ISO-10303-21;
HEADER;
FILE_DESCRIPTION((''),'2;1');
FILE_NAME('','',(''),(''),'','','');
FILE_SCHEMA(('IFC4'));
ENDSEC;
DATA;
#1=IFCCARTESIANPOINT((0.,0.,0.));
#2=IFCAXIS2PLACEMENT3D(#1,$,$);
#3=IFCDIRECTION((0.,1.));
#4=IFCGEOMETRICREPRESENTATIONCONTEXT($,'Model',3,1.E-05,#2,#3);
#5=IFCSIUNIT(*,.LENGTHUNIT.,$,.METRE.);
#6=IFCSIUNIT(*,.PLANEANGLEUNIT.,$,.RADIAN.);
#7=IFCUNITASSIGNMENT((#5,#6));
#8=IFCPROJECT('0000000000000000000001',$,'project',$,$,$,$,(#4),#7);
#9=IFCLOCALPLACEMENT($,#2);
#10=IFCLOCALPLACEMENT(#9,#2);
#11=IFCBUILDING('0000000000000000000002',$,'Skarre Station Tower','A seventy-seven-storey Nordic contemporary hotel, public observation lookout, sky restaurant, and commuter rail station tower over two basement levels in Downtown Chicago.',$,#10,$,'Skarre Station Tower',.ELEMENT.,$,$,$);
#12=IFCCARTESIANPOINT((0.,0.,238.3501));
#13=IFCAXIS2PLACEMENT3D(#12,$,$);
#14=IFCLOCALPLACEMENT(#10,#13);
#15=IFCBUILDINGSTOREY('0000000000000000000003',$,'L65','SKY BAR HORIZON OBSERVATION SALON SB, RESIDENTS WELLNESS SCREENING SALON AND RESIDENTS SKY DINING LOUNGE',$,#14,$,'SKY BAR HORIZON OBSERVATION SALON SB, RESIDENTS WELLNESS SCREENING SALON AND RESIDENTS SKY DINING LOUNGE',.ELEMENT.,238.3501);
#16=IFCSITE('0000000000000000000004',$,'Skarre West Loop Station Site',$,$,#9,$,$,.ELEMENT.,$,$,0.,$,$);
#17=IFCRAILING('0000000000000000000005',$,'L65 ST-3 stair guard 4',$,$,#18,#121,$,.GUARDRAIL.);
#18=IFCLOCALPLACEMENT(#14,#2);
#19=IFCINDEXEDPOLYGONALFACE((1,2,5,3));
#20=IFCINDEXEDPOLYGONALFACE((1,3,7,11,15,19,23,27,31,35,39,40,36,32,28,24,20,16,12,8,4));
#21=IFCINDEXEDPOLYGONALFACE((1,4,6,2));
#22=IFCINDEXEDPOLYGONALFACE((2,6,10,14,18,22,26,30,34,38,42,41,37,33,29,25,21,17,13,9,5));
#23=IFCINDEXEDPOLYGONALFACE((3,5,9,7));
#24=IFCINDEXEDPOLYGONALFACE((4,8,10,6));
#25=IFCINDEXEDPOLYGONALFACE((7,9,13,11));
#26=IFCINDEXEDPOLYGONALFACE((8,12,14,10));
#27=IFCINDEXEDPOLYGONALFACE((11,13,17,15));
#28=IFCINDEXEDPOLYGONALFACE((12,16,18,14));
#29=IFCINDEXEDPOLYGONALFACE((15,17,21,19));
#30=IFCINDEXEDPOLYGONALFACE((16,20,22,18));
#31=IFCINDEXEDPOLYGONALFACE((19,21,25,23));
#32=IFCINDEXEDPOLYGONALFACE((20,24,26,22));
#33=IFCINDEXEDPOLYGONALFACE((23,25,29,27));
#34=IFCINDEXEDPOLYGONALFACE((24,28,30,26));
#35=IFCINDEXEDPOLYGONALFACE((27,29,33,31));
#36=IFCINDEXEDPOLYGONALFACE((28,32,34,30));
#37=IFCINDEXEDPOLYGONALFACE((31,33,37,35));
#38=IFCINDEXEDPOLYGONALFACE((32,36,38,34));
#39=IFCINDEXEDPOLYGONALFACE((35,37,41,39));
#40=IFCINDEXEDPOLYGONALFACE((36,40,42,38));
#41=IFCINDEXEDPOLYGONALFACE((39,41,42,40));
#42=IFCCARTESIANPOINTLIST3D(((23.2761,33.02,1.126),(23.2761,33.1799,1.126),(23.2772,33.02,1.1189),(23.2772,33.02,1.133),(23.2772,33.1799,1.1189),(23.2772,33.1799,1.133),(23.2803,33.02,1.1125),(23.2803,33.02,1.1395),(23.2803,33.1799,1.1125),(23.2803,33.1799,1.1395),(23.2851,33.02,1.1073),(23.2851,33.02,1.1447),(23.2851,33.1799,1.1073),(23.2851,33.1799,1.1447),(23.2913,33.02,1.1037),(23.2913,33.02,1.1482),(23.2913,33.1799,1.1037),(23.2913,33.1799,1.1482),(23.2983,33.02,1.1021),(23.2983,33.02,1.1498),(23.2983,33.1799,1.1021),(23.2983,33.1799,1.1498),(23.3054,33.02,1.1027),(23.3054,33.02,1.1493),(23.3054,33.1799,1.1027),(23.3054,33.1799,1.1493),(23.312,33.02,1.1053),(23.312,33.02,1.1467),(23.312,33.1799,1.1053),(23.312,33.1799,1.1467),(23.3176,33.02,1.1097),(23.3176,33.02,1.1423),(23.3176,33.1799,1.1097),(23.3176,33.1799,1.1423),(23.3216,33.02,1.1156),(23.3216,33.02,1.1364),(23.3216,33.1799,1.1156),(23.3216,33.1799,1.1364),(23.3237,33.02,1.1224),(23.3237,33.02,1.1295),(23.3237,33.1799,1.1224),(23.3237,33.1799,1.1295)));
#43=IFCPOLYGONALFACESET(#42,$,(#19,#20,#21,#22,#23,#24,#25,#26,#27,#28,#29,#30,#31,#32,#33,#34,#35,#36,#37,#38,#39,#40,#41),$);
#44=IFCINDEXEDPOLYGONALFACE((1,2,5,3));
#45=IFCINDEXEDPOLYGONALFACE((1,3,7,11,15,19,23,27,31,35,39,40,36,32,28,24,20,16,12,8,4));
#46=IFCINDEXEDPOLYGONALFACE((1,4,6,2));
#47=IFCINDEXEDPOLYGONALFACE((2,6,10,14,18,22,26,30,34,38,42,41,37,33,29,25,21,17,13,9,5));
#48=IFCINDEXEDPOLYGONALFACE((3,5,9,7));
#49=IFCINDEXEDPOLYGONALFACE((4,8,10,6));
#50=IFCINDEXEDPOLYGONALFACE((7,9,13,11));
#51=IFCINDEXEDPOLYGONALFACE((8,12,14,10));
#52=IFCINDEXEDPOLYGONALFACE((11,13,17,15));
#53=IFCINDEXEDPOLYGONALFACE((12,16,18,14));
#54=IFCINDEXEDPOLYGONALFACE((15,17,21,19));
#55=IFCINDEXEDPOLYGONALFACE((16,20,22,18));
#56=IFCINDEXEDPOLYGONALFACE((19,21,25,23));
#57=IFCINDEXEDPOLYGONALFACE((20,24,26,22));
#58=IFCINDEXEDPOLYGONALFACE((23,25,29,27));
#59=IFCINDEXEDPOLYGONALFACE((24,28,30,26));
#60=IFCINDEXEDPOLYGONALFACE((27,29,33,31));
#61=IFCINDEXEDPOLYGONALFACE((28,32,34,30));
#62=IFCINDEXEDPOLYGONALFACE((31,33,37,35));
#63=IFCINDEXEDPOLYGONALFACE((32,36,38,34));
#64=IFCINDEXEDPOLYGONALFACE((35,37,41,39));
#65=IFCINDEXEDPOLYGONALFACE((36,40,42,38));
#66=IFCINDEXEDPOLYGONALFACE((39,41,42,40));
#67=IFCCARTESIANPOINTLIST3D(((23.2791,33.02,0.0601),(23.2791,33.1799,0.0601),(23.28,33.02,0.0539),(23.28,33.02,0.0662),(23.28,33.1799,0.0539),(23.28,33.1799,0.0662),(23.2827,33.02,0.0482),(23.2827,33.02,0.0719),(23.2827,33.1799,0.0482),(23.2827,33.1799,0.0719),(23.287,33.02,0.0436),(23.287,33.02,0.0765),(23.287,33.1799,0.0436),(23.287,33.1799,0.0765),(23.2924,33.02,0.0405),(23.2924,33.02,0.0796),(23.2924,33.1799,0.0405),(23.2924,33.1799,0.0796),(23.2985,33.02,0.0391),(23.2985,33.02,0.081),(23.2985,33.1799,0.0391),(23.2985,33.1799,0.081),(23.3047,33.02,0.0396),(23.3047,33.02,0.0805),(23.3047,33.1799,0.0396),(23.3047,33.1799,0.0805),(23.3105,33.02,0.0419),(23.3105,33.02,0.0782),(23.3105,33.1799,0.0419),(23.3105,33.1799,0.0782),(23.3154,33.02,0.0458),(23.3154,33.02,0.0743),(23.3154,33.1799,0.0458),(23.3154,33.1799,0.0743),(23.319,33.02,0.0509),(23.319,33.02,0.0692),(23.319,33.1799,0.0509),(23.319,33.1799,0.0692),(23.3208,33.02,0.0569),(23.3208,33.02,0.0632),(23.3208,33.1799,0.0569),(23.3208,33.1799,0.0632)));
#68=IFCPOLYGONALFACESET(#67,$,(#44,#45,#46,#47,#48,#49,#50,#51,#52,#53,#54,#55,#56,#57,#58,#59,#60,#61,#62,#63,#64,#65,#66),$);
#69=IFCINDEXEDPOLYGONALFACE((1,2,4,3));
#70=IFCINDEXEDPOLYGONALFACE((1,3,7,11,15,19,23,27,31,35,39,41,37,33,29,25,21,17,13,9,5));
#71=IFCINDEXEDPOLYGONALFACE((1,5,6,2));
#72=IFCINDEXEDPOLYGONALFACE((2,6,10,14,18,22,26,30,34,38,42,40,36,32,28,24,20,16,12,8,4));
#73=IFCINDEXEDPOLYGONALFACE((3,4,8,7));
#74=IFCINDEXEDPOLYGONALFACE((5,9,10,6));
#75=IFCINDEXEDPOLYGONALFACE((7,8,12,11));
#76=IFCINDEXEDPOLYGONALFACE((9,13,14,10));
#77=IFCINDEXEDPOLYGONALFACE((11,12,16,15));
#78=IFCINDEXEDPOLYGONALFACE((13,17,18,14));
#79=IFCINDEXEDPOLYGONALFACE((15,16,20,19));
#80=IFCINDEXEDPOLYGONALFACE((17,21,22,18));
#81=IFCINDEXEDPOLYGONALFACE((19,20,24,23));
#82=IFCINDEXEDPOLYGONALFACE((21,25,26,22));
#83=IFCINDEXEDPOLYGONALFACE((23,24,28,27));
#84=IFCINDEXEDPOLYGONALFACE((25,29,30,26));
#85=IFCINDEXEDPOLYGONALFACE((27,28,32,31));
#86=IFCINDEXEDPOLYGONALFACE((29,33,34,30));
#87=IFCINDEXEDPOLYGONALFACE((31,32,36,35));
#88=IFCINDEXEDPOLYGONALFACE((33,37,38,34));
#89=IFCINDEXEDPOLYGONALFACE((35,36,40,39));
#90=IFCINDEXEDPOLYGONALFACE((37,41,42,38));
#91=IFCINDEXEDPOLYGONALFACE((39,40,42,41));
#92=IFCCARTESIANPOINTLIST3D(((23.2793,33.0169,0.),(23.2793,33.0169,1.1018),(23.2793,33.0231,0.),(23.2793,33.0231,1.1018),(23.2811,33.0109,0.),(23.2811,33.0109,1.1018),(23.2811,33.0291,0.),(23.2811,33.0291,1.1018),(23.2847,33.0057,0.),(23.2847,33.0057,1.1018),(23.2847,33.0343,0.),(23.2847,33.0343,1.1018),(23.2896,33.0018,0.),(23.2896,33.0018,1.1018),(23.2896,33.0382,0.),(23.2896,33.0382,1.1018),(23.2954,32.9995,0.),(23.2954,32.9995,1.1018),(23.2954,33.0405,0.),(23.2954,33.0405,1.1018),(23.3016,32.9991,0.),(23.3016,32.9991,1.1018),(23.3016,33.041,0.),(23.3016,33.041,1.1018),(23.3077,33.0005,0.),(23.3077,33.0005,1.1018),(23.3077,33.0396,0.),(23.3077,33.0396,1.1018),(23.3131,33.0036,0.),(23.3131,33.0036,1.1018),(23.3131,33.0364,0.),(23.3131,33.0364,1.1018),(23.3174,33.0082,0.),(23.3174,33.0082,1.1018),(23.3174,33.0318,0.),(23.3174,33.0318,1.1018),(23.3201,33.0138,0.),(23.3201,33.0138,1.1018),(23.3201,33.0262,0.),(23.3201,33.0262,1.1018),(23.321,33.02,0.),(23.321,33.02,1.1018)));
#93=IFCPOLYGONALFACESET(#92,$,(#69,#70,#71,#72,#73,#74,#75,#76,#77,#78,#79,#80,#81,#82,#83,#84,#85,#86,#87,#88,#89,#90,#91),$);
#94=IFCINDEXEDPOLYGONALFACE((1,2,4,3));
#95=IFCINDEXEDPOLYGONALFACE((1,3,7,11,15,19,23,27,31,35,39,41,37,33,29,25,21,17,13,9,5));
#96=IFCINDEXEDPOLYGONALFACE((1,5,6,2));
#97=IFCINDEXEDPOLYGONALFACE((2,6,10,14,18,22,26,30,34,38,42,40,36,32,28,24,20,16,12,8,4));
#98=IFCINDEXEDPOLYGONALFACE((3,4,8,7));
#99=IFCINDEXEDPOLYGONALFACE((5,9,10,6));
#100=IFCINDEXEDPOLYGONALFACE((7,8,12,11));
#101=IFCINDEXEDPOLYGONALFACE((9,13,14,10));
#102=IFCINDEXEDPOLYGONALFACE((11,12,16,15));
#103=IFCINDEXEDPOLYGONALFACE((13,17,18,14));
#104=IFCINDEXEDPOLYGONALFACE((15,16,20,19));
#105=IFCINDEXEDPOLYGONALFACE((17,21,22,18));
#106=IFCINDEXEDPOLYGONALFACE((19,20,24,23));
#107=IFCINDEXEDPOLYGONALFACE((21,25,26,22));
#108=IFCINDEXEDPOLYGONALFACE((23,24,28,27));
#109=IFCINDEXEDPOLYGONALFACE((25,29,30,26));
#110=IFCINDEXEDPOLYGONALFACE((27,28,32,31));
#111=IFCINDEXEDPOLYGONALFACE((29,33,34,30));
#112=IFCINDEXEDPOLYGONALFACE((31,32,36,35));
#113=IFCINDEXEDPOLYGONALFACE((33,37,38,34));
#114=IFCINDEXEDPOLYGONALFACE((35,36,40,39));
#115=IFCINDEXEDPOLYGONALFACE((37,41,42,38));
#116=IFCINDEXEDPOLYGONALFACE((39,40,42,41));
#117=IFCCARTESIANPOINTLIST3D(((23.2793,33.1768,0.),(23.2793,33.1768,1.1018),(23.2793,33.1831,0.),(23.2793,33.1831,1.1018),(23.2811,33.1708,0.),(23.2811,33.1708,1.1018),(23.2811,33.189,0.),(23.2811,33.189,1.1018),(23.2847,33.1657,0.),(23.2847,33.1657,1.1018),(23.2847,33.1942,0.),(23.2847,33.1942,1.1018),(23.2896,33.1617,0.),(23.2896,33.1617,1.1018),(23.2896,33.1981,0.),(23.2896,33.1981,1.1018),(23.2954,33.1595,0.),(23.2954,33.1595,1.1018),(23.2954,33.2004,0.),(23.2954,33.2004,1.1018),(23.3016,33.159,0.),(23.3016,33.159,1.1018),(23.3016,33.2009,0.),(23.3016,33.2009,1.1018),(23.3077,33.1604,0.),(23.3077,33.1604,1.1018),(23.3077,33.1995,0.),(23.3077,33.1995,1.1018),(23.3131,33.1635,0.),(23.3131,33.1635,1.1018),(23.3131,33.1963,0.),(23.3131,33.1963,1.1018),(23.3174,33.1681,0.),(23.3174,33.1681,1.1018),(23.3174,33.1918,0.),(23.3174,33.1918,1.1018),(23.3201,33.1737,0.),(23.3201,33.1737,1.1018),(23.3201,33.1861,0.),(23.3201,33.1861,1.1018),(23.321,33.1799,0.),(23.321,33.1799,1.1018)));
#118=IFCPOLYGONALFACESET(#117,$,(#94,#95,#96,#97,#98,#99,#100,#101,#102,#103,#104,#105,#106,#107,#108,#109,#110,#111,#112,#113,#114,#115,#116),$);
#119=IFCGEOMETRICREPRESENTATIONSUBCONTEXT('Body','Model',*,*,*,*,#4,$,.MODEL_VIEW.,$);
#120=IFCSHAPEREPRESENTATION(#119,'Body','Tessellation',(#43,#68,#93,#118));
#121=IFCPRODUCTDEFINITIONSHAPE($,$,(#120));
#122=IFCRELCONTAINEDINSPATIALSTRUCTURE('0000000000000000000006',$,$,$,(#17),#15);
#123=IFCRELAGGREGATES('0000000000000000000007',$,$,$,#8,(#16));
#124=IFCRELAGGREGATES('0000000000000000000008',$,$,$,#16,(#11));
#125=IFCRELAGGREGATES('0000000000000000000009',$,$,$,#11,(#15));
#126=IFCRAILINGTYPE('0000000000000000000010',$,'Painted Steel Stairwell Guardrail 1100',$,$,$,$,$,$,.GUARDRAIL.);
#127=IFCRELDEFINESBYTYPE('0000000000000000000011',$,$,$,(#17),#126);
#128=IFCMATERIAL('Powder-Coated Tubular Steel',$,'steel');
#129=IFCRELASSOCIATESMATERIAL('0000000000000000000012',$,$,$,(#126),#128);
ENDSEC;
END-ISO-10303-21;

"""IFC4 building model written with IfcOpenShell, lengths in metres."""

from ifc_helpers import new_model, si_unit, direction, frame, origin, origin_2d, place, context, subcontext, project, spatial, circle, extrude, material, type_object, element, save


model = new_model("IFC4")

# Units and contexts
model_context = context("Model", 3, precision=1e-05, world=origin(), true_north=direction((0.0, 1.0)))
body_context = subcontext(model_context, "Body", "Model", "MODEL_VIEW")
ifc_project = project(units=[si_unit("LENGTHUNIT", "METRE"), si_unit("PLANEANGLEUNIT", "RADIAN")], contexts=[model_context])

# Site, building, storey
site_placement = place(None, origin())
site = spatial("IfcSite", under=ifc_project, at=site_placement, Name="Skarre West Loop Station Site", CompositionType="ELEMENT", RefElevation=0.0)
building_placement = place(site_placement, origin())
building = spatial("IfcBuilding", under=site, at=building_placement, Name="Skarre Station Tower", Description="A seventy-seven-storey Nordic contemporary hotel, public observation lookout, sky restaurant, and commuter rail station tower over two basement levels in Downtown Chicago.", LongName="Skarre Station Tower", CompositionType="ELEMENT")
storey_placement = place(building_placement, frame((0.0, 0.0, 238.3501)))
storey = spatial("IfcBuildingStorey", under=building, at=storey_placement, Name="L65", Description="SKY BAR HORIZON OBSERVATION SALON SB, RESIDENTS WELLNESS SCREENING SALON AND RESIDENTS SKY DINING LOUNGE", LongName="SKY BAR HORIZON OBSERVATION SALON SB, RESIDENTS WELLNESS SCREENING SALON AND RESIDENTS SKY DINING LOUNGE", CompositionType="ELEMENT", Elevation=238.3501)

# Railing
ifc_material_1 = material(Name="Powder-Coated Tubular Steel", Category="steel")
railing_type_1 = type_object("IfcRailingType", Name="Painted Steel Stairwell Guardrail 1100", PredefinedType="GUARDRAIL", material=ifc_material_1)
railing_1_placement = place(storey_placement, frame((23.3, 33.02, 0.0)))
element("IfcRailing", 1, at=railing_1_placement, inside=storey, type_object=railing_type_1, Name="L65 ST-3 stair guard 4", PredefinedType="GUARDRAIL", context=body_context, shape_type="SweptSolid", body=[
    extrude(circle(Radius=0.0239, at=origin_2d()), frame((0.0, 0.0, 1.126), z_axis=(0.0, 1.0, 0.0), x_axis=(-1.0, 0.0, 0.0)), (0.0, 0.0, 1.0), 0.1599),
    extrude(circle(Radius=0.021, at=origin_2d()), frame((0.0, 0.0, 0.0601), z_axis=(0.0, 1.0, 0.0), x_axis=(-1.0, 0.0, 0.0)), (0.0, 0.0, 1.0), 0.1599),
    extrude(circle(Radius=0.021, at=origin_2d()), origin(), (0.0, 0.0, 1.0), 1.1018),
    extrude(circle(Radius=0.021, at=origin_2d()), frame((0.0, 0.1599, 0.0)), (0.0, 0.0, 1.0), 1.1018),
])

save(model, "model.ifc")
